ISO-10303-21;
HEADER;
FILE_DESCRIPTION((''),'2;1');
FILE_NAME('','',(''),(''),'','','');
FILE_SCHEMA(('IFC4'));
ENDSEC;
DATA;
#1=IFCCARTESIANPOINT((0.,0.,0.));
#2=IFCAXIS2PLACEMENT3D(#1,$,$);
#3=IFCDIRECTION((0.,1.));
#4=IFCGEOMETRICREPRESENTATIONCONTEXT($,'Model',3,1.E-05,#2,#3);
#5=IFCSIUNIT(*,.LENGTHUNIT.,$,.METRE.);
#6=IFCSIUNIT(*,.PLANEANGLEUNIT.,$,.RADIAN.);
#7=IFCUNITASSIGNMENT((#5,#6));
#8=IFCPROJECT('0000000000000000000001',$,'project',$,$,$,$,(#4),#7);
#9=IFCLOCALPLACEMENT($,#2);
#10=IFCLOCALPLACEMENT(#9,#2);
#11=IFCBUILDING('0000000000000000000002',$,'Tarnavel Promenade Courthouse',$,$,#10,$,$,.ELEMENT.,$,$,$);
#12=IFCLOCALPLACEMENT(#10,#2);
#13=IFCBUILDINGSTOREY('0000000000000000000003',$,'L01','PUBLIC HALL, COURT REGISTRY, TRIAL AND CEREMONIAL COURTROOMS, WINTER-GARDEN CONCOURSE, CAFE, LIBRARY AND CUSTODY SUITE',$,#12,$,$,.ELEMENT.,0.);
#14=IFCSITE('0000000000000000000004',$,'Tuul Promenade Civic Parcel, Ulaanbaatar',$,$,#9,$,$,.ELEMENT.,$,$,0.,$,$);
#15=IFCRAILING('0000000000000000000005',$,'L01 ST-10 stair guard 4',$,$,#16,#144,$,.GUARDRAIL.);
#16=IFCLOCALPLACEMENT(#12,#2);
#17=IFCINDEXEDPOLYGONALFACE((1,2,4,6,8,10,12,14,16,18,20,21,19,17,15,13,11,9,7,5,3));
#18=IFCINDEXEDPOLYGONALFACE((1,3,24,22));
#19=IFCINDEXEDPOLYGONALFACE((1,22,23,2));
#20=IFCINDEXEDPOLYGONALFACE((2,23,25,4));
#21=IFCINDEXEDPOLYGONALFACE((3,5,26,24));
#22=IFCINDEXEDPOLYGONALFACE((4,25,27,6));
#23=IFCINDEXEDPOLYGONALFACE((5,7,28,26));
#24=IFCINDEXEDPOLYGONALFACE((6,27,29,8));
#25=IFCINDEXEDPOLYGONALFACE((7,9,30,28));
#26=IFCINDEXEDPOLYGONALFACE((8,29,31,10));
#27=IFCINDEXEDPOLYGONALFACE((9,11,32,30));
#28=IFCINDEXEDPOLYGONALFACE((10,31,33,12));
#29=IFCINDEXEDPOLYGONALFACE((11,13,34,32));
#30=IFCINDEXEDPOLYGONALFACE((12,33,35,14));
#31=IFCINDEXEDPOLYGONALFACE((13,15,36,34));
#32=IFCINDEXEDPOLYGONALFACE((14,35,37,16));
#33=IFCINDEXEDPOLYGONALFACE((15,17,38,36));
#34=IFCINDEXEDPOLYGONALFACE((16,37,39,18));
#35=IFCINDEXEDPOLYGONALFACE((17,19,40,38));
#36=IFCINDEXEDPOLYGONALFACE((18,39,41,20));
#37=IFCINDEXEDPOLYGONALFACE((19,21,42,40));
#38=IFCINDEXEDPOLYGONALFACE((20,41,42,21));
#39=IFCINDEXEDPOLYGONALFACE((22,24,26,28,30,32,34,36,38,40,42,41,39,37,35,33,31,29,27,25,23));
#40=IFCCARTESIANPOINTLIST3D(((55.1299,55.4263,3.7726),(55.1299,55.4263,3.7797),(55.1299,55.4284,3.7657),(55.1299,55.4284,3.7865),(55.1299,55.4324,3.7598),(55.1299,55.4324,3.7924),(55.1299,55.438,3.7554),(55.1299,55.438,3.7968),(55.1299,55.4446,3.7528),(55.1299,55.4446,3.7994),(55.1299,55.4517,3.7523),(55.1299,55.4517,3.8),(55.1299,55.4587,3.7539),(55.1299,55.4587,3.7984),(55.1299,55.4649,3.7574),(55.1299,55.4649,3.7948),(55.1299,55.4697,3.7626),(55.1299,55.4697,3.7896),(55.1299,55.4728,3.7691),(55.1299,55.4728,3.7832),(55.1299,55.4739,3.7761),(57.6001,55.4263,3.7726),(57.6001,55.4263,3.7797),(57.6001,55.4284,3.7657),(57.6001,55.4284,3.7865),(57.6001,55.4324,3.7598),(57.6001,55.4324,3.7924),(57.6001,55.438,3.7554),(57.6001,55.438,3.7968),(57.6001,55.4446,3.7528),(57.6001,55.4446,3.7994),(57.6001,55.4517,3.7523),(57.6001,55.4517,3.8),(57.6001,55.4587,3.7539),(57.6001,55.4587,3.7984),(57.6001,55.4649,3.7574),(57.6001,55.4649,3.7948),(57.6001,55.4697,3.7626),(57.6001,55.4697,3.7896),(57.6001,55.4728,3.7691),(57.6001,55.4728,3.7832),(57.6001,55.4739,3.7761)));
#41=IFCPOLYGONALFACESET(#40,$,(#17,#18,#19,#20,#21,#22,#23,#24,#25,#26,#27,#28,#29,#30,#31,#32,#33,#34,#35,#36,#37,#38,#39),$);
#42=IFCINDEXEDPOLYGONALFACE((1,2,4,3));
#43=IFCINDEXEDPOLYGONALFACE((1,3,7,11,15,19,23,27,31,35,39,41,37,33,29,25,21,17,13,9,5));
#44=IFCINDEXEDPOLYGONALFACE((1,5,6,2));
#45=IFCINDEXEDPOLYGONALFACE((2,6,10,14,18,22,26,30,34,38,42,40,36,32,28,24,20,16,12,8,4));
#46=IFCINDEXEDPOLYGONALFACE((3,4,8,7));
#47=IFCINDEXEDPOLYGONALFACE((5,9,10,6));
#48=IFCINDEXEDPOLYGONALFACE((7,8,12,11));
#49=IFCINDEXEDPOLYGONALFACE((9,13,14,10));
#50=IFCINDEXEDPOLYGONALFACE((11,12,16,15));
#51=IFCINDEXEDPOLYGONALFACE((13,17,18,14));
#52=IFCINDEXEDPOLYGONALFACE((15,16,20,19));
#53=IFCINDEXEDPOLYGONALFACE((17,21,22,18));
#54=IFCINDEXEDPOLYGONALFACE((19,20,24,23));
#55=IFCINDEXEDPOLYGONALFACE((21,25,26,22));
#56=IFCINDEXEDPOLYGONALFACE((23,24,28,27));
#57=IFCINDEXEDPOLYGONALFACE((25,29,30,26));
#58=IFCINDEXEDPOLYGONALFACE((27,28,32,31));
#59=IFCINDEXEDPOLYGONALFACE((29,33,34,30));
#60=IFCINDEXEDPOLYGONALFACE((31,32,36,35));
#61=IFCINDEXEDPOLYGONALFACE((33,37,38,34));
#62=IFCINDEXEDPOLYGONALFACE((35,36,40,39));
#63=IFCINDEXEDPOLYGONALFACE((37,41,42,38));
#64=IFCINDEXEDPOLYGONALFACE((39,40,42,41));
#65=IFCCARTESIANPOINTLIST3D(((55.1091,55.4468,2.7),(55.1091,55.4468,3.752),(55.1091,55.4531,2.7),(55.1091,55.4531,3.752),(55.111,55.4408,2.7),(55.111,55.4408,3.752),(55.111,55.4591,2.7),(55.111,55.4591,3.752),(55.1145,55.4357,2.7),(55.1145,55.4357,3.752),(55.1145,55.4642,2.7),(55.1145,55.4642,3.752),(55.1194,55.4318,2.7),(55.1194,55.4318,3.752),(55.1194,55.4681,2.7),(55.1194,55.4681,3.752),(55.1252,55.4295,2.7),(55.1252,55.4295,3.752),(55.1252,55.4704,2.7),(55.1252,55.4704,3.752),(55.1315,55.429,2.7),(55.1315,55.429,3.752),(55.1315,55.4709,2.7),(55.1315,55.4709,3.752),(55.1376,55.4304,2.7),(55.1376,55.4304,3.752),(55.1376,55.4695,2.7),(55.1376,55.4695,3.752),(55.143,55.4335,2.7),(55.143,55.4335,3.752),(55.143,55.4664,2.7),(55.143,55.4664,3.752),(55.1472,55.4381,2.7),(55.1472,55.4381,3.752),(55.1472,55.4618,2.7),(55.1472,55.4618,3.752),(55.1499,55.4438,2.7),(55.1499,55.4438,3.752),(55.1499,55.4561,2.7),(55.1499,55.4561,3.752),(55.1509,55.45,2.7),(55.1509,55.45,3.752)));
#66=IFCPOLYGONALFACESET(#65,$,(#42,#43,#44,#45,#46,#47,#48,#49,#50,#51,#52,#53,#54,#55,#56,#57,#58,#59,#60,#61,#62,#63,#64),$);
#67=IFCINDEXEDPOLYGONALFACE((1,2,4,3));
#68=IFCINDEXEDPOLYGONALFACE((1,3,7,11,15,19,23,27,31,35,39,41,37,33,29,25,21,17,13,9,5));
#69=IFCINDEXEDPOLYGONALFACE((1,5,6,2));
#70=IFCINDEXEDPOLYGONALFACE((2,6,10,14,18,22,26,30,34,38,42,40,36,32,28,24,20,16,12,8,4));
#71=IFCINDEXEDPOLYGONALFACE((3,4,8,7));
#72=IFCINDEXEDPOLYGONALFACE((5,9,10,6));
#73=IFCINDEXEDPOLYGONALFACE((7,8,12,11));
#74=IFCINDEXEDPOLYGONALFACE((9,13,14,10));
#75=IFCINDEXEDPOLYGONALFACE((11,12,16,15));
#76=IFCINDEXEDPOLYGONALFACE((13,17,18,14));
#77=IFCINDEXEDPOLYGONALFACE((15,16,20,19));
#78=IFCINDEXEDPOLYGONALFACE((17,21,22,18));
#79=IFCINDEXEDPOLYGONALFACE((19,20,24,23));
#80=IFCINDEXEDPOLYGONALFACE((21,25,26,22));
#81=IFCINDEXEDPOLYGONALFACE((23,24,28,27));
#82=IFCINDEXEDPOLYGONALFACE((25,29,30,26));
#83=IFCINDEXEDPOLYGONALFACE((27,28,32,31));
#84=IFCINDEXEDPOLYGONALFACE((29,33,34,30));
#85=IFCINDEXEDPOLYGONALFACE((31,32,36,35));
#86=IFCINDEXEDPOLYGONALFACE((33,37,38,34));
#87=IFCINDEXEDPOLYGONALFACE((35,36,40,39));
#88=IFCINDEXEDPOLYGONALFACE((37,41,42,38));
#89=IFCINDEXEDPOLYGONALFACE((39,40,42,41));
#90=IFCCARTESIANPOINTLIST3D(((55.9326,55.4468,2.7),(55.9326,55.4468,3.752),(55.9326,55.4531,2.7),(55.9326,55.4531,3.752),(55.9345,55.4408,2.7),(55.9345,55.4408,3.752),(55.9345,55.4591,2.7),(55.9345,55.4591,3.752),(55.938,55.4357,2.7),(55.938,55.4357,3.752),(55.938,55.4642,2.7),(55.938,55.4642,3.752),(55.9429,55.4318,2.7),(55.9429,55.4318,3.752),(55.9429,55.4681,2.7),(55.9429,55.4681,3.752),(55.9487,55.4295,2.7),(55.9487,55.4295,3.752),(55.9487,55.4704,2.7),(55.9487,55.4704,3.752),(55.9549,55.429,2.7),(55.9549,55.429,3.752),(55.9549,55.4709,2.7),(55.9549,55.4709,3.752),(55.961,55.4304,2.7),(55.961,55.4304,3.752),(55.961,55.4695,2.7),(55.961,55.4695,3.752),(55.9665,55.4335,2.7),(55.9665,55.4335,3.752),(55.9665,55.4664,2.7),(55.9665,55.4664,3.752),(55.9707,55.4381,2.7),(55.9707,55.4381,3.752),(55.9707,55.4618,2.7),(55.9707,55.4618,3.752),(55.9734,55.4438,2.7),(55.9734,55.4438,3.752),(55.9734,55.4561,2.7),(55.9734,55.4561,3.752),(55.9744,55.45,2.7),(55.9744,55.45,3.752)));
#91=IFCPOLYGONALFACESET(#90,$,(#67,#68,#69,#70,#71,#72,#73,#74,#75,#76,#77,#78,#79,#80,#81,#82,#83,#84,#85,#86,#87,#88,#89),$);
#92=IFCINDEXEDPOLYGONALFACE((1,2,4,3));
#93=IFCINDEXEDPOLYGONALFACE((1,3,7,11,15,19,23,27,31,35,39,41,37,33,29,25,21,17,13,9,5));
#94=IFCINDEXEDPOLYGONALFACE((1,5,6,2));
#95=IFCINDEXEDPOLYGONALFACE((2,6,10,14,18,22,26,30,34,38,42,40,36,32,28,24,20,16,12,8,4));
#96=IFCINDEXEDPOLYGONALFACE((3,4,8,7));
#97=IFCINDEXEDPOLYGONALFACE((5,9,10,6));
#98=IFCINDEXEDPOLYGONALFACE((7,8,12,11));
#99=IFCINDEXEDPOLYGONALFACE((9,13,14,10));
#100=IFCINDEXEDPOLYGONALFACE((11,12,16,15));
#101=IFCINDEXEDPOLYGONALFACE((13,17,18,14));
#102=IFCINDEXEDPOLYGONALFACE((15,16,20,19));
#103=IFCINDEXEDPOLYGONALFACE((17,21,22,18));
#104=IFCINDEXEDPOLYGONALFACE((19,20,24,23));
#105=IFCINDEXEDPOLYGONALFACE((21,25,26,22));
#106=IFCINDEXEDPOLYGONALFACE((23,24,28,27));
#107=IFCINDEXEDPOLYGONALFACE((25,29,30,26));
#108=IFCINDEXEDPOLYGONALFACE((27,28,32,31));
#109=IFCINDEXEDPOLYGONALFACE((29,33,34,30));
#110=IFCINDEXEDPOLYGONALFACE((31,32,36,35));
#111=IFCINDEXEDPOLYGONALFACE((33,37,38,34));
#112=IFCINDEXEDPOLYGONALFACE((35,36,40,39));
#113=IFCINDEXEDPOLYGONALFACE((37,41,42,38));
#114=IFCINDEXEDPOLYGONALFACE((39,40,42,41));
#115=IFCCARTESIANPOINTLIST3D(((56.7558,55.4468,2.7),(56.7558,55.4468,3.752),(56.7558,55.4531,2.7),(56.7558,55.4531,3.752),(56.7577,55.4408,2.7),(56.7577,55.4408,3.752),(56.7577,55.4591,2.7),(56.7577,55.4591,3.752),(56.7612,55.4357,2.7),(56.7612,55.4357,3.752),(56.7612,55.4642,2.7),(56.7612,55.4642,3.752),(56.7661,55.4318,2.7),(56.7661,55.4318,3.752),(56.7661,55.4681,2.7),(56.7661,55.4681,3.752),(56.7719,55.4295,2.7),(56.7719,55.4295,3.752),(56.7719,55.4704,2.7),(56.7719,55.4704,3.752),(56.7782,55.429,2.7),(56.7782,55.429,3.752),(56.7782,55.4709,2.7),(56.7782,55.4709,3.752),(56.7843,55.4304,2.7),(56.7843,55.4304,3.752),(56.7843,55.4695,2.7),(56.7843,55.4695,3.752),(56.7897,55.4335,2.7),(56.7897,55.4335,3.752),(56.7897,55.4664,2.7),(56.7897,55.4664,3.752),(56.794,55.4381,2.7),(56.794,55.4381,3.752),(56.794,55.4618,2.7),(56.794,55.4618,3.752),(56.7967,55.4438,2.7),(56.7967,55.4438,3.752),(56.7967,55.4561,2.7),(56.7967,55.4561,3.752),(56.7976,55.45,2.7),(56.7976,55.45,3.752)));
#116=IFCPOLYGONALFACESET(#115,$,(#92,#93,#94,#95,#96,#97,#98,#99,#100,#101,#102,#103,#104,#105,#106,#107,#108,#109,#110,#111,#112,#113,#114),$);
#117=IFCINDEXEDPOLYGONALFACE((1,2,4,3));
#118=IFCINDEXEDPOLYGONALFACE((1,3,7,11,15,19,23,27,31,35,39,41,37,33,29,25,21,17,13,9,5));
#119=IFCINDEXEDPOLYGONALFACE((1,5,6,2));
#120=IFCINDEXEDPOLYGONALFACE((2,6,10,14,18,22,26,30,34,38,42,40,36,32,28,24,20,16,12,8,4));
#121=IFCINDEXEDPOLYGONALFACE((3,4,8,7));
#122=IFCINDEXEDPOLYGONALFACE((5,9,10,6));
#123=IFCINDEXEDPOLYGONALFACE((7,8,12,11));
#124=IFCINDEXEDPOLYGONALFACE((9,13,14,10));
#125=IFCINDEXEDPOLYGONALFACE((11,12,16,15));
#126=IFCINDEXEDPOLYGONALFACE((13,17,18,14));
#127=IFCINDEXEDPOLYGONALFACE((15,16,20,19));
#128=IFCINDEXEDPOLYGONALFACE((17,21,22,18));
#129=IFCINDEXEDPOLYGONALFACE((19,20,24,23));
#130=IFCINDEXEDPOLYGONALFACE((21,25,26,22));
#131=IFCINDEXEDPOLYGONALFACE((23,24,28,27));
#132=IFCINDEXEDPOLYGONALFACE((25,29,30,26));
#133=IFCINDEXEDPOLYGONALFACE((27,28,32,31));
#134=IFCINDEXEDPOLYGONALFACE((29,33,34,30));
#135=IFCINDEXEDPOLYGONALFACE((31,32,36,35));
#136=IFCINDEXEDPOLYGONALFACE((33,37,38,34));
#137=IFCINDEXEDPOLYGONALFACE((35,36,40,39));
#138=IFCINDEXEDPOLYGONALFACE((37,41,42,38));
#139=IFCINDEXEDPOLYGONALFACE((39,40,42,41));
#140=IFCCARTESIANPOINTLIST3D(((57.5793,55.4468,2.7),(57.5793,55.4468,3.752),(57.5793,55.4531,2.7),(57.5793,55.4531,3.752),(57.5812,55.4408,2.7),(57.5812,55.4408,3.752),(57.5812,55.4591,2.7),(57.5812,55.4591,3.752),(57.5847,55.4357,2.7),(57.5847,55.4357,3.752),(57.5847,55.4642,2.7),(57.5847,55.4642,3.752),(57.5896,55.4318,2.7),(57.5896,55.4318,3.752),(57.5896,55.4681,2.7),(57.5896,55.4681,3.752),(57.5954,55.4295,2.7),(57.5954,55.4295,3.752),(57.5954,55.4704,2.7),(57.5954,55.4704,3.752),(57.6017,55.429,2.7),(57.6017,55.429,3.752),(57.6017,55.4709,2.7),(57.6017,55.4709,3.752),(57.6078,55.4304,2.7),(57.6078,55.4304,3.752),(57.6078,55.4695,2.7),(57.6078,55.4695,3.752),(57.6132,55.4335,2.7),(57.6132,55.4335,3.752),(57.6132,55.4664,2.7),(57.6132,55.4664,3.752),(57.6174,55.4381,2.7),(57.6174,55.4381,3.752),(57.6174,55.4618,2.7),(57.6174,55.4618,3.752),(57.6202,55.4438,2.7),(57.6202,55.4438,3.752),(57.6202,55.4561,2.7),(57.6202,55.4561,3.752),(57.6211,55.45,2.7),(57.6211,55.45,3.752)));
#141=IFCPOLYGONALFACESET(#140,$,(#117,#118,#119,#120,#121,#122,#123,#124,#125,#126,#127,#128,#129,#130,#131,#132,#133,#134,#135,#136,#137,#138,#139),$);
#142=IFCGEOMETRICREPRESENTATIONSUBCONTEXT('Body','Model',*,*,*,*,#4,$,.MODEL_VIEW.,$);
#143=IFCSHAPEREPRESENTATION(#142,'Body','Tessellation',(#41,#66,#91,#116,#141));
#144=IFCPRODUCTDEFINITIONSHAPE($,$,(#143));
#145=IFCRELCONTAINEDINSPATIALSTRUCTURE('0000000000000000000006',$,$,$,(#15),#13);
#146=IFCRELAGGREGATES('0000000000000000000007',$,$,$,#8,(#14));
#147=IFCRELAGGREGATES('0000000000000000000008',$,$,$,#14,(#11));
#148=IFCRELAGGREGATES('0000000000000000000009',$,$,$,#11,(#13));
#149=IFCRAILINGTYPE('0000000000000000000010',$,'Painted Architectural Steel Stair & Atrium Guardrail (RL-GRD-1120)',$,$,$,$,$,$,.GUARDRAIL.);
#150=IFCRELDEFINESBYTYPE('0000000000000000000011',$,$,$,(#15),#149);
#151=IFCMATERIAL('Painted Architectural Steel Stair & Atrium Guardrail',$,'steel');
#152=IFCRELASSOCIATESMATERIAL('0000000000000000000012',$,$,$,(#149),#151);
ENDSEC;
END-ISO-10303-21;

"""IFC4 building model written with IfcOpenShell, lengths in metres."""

from ifc_helpers import new_model, si_unit, direction, frame, origin, origin_2d, place, context, subcontext, project, spatial, circle, extrude, material, type_object, element, save


model = new_model("IFC4")

# Units and contexts
model_context = context("Model", 3, precision=1e-05, world=origin(), true_north=direction((0.0, 1.0)))
body_context = subcontext(model_context, "Body", "Model", "MODEL_VIEW")
ifc_project = project(units=[si_unit("LENGTHUNIT", "METRE"), si_unit("PLANEANGLEUNIT", "RADIAN")], contexts=[model_context])

# Site, building, storey
site_placement = place(None, origin())
site = spatial("IfcSite", under=ifc_project, at=site_placement, Name="Tuul Promenade Civic Parcel, Ulaanbaatar", CompositionType="ELEMENT", RefElevation=0.0)
building_placement = place(site_placement, origin())
building = spatial("IfcBuilding", under=site, at=building_placement, Name="Tarnavel Promenade Courthouse", CompositionType="ELEMENT")
storey_placement = place(building_placement, origin())
storey = spatial("IfcBuildingStorey", under=building, at=storey_placement, Name="L01", Description="PUBLIC HALL, COURT REGISTRY, TRIAL AND CEREMONIAL COURTROOMS, WINTER-GARDEN CONCOURSE, CAFE, LIBRARY AND CUSTODY SUITE", CompositionType="ELEMENT", Elevation=0.0)

# Railing
ifc_material_1 = material(Name="Painted Architectural Steel Stair & Atrium Guardrail", Category="steel")
railing_type_1 = type_object("IfcRailingType", Name="Painted Architectural Steel Stair & Atrium Guardrail (RL-GRD-1120)", PredefinedType="GUARDRAIL", material=ifc_material_1)
railing_1_placement = place(storey_placement, frame((55.1299, 55.45, 2.7)))
element("IfcRailing", 1, at=railing_1_placement, inside=storey, type_object=railing_type_1, Name="L01 ST-10 stair guard 4", PredefinedType="GUARDRAIL", context=body_context, shape_type="SweptSolid", body=[
    extrude(circle(Radius=0.0239, at=origin_2d()), frame((0.0, 0.0, 1.0762), z_axis=(1.0, 0.0, 0.0), x_axis=(0.0, 1.0, 0.0)), (0.0, 0.0, 1.0), 2.4702),
    extrude(circle(Radius=0.021, at=origin_2d()), origin(), (0.0, 0.0, 1.0), 1.052),
    extrude(circle(Radius=0.021, at=origin_2d()), frame((0.8235, 0.0, 0.0)), (0.0, 0.0, 1.0), 1.052),
    extrude(circle(Radius=0.021, at=origin_2d()), frame((1.6467, 0.0, 0.0)), (0.0, 0.0, 1.0), 1.052),
    extrude(circle(Radius=0.021, at=origin_2d()), frame((2.4702, 0.0, 0.0)), (0.0, 0.0, 1.0), 1.052),
])

save(model, "model.ifc")
